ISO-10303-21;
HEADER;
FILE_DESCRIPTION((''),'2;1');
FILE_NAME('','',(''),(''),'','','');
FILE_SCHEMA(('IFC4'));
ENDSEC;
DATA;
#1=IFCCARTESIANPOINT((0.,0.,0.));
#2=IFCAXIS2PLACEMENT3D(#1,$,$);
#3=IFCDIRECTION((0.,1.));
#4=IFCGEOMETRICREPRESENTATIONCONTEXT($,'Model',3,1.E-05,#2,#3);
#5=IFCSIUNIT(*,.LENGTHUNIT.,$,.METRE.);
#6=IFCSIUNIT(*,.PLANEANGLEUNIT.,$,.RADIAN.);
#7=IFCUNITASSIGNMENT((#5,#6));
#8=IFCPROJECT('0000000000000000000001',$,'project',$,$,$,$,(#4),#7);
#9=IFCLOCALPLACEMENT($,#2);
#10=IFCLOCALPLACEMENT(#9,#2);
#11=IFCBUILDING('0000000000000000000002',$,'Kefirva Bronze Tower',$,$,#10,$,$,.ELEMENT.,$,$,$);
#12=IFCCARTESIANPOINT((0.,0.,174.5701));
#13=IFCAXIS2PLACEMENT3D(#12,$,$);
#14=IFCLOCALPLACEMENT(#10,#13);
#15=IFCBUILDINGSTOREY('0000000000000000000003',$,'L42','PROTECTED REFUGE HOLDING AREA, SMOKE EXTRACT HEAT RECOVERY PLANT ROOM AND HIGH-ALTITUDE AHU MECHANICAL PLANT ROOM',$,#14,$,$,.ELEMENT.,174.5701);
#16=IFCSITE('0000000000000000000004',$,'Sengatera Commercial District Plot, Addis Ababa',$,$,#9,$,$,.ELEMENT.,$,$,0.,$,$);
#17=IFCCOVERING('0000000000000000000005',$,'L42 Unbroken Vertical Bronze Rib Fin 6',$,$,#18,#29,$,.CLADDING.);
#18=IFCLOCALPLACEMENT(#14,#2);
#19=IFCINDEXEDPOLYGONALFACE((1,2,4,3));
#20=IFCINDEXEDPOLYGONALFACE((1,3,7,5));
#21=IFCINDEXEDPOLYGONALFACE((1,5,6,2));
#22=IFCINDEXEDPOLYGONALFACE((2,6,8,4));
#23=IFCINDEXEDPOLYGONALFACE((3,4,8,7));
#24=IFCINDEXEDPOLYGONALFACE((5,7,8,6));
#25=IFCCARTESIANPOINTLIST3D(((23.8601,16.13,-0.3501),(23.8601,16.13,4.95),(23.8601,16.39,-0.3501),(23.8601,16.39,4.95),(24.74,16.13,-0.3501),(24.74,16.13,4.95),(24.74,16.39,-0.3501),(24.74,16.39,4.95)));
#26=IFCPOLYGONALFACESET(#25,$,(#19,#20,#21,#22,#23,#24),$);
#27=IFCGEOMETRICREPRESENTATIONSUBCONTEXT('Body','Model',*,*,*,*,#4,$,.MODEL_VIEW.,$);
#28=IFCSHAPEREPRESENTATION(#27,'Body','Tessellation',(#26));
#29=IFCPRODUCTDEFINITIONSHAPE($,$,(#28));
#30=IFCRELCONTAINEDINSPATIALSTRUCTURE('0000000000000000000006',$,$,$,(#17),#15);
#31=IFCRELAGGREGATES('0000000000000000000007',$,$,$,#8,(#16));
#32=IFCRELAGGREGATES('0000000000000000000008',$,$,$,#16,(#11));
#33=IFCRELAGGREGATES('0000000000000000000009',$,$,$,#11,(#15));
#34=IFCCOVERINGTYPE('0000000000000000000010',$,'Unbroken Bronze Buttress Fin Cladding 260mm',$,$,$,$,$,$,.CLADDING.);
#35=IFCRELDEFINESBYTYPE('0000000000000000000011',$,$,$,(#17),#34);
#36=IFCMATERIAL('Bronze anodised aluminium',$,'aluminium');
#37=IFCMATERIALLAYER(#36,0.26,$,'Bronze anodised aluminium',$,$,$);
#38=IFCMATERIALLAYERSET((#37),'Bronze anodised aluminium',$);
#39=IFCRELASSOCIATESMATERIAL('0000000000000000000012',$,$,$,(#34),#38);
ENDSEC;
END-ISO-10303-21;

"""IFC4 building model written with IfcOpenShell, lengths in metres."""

from ifc_helpers import new_model, si_unit, direction, frame, origin, origin_2d, place, context, subcontext, project, spatial, rectangle, extrude, material, layer, layer_set, type_object, element, save


model = new_model("IFC4")

# Units and contexts
model_context = context("Model", 3, precision=1e-05, world=origin(), true_north=direction((0.0, 1.0)))
body_context = subcontext(model_context, "Body", "Model", "MODEL_VIEW")
ifc_project = project(units=[si_unit("LENGTHUNIT", "METRE"), si_unit("PLANEANGLEUNIT", "RADIAN")], contexts=[model_context])

# Site, building, storey
site_placement = place(None, origin())
site = spatial("IfcSite", under=ifc_project, at=site_placement, Name="Sengatera Commercial District Plot, Addis Ababa", CompositionType="ELEMENT", RefElevation=0.0)
building_placement = place(site_placement, origin())
building = spatial("IfcBuilding", under=site, at=building_placement, Name="Kefirva Bronze Tower", CompositionType="ELEMENT")
storey_placement = place(building_placement, frame((0.0, 0.0, 174.5701)))
storey = spatial("IfcBuildingStorey", under=building, at=storey_placement, Name="L42", Description="PROTECTED REFUGE HOLDING AREA, SMOKE EXTRACT HEAT RECOVERY PLANT ROOM AND HIGH-ALTITUDE AHU MECHANICAL PLANT ROOM", CompositionType="ELEMENT", Elevation=174.5701)

# Shared definitions
ifc_material_1 = material(Name="Bronze anodised aluminium", Category="aluminium")

# Covering
ifc_layer_1 = layer(ifc_material_1, 0.26, Name="Bronze anodised aluminium")
ifc_layer_set_1 = layer_set([ifc_layer_1], Name="Bronze anodised aluminium")
covering_type_1 = type_object("IfcCoveringType", Name="Unbroken Bronze Buttress Fin Cladding 260mm", PredefinedType="CLADDING", material=ifc_layer_set_1)
covering_1_placement = place(storey_placement, frame((24.3, 16.26, -0.3501), z_axis=(0.0, 0.0, 1.0), x_axis=(0.0, 1.0, 0.0)))
element("IfcCovering", 1, at=covering_1_placement, inside=storey, type_object=covering_type_1, Name="L42 Unbroken Vertical Bronze Rib Fin 6", PredefinedType="CLADDING", context=body_context, shape_type="SweptSolid", body=[
    extrude(rectangle(XDim=0.26, YDim=0.8799, at=origin_2d()), origin(), (0.0, 0.0, 1.0), 5.3),
])

save(model, "model.ifc")
